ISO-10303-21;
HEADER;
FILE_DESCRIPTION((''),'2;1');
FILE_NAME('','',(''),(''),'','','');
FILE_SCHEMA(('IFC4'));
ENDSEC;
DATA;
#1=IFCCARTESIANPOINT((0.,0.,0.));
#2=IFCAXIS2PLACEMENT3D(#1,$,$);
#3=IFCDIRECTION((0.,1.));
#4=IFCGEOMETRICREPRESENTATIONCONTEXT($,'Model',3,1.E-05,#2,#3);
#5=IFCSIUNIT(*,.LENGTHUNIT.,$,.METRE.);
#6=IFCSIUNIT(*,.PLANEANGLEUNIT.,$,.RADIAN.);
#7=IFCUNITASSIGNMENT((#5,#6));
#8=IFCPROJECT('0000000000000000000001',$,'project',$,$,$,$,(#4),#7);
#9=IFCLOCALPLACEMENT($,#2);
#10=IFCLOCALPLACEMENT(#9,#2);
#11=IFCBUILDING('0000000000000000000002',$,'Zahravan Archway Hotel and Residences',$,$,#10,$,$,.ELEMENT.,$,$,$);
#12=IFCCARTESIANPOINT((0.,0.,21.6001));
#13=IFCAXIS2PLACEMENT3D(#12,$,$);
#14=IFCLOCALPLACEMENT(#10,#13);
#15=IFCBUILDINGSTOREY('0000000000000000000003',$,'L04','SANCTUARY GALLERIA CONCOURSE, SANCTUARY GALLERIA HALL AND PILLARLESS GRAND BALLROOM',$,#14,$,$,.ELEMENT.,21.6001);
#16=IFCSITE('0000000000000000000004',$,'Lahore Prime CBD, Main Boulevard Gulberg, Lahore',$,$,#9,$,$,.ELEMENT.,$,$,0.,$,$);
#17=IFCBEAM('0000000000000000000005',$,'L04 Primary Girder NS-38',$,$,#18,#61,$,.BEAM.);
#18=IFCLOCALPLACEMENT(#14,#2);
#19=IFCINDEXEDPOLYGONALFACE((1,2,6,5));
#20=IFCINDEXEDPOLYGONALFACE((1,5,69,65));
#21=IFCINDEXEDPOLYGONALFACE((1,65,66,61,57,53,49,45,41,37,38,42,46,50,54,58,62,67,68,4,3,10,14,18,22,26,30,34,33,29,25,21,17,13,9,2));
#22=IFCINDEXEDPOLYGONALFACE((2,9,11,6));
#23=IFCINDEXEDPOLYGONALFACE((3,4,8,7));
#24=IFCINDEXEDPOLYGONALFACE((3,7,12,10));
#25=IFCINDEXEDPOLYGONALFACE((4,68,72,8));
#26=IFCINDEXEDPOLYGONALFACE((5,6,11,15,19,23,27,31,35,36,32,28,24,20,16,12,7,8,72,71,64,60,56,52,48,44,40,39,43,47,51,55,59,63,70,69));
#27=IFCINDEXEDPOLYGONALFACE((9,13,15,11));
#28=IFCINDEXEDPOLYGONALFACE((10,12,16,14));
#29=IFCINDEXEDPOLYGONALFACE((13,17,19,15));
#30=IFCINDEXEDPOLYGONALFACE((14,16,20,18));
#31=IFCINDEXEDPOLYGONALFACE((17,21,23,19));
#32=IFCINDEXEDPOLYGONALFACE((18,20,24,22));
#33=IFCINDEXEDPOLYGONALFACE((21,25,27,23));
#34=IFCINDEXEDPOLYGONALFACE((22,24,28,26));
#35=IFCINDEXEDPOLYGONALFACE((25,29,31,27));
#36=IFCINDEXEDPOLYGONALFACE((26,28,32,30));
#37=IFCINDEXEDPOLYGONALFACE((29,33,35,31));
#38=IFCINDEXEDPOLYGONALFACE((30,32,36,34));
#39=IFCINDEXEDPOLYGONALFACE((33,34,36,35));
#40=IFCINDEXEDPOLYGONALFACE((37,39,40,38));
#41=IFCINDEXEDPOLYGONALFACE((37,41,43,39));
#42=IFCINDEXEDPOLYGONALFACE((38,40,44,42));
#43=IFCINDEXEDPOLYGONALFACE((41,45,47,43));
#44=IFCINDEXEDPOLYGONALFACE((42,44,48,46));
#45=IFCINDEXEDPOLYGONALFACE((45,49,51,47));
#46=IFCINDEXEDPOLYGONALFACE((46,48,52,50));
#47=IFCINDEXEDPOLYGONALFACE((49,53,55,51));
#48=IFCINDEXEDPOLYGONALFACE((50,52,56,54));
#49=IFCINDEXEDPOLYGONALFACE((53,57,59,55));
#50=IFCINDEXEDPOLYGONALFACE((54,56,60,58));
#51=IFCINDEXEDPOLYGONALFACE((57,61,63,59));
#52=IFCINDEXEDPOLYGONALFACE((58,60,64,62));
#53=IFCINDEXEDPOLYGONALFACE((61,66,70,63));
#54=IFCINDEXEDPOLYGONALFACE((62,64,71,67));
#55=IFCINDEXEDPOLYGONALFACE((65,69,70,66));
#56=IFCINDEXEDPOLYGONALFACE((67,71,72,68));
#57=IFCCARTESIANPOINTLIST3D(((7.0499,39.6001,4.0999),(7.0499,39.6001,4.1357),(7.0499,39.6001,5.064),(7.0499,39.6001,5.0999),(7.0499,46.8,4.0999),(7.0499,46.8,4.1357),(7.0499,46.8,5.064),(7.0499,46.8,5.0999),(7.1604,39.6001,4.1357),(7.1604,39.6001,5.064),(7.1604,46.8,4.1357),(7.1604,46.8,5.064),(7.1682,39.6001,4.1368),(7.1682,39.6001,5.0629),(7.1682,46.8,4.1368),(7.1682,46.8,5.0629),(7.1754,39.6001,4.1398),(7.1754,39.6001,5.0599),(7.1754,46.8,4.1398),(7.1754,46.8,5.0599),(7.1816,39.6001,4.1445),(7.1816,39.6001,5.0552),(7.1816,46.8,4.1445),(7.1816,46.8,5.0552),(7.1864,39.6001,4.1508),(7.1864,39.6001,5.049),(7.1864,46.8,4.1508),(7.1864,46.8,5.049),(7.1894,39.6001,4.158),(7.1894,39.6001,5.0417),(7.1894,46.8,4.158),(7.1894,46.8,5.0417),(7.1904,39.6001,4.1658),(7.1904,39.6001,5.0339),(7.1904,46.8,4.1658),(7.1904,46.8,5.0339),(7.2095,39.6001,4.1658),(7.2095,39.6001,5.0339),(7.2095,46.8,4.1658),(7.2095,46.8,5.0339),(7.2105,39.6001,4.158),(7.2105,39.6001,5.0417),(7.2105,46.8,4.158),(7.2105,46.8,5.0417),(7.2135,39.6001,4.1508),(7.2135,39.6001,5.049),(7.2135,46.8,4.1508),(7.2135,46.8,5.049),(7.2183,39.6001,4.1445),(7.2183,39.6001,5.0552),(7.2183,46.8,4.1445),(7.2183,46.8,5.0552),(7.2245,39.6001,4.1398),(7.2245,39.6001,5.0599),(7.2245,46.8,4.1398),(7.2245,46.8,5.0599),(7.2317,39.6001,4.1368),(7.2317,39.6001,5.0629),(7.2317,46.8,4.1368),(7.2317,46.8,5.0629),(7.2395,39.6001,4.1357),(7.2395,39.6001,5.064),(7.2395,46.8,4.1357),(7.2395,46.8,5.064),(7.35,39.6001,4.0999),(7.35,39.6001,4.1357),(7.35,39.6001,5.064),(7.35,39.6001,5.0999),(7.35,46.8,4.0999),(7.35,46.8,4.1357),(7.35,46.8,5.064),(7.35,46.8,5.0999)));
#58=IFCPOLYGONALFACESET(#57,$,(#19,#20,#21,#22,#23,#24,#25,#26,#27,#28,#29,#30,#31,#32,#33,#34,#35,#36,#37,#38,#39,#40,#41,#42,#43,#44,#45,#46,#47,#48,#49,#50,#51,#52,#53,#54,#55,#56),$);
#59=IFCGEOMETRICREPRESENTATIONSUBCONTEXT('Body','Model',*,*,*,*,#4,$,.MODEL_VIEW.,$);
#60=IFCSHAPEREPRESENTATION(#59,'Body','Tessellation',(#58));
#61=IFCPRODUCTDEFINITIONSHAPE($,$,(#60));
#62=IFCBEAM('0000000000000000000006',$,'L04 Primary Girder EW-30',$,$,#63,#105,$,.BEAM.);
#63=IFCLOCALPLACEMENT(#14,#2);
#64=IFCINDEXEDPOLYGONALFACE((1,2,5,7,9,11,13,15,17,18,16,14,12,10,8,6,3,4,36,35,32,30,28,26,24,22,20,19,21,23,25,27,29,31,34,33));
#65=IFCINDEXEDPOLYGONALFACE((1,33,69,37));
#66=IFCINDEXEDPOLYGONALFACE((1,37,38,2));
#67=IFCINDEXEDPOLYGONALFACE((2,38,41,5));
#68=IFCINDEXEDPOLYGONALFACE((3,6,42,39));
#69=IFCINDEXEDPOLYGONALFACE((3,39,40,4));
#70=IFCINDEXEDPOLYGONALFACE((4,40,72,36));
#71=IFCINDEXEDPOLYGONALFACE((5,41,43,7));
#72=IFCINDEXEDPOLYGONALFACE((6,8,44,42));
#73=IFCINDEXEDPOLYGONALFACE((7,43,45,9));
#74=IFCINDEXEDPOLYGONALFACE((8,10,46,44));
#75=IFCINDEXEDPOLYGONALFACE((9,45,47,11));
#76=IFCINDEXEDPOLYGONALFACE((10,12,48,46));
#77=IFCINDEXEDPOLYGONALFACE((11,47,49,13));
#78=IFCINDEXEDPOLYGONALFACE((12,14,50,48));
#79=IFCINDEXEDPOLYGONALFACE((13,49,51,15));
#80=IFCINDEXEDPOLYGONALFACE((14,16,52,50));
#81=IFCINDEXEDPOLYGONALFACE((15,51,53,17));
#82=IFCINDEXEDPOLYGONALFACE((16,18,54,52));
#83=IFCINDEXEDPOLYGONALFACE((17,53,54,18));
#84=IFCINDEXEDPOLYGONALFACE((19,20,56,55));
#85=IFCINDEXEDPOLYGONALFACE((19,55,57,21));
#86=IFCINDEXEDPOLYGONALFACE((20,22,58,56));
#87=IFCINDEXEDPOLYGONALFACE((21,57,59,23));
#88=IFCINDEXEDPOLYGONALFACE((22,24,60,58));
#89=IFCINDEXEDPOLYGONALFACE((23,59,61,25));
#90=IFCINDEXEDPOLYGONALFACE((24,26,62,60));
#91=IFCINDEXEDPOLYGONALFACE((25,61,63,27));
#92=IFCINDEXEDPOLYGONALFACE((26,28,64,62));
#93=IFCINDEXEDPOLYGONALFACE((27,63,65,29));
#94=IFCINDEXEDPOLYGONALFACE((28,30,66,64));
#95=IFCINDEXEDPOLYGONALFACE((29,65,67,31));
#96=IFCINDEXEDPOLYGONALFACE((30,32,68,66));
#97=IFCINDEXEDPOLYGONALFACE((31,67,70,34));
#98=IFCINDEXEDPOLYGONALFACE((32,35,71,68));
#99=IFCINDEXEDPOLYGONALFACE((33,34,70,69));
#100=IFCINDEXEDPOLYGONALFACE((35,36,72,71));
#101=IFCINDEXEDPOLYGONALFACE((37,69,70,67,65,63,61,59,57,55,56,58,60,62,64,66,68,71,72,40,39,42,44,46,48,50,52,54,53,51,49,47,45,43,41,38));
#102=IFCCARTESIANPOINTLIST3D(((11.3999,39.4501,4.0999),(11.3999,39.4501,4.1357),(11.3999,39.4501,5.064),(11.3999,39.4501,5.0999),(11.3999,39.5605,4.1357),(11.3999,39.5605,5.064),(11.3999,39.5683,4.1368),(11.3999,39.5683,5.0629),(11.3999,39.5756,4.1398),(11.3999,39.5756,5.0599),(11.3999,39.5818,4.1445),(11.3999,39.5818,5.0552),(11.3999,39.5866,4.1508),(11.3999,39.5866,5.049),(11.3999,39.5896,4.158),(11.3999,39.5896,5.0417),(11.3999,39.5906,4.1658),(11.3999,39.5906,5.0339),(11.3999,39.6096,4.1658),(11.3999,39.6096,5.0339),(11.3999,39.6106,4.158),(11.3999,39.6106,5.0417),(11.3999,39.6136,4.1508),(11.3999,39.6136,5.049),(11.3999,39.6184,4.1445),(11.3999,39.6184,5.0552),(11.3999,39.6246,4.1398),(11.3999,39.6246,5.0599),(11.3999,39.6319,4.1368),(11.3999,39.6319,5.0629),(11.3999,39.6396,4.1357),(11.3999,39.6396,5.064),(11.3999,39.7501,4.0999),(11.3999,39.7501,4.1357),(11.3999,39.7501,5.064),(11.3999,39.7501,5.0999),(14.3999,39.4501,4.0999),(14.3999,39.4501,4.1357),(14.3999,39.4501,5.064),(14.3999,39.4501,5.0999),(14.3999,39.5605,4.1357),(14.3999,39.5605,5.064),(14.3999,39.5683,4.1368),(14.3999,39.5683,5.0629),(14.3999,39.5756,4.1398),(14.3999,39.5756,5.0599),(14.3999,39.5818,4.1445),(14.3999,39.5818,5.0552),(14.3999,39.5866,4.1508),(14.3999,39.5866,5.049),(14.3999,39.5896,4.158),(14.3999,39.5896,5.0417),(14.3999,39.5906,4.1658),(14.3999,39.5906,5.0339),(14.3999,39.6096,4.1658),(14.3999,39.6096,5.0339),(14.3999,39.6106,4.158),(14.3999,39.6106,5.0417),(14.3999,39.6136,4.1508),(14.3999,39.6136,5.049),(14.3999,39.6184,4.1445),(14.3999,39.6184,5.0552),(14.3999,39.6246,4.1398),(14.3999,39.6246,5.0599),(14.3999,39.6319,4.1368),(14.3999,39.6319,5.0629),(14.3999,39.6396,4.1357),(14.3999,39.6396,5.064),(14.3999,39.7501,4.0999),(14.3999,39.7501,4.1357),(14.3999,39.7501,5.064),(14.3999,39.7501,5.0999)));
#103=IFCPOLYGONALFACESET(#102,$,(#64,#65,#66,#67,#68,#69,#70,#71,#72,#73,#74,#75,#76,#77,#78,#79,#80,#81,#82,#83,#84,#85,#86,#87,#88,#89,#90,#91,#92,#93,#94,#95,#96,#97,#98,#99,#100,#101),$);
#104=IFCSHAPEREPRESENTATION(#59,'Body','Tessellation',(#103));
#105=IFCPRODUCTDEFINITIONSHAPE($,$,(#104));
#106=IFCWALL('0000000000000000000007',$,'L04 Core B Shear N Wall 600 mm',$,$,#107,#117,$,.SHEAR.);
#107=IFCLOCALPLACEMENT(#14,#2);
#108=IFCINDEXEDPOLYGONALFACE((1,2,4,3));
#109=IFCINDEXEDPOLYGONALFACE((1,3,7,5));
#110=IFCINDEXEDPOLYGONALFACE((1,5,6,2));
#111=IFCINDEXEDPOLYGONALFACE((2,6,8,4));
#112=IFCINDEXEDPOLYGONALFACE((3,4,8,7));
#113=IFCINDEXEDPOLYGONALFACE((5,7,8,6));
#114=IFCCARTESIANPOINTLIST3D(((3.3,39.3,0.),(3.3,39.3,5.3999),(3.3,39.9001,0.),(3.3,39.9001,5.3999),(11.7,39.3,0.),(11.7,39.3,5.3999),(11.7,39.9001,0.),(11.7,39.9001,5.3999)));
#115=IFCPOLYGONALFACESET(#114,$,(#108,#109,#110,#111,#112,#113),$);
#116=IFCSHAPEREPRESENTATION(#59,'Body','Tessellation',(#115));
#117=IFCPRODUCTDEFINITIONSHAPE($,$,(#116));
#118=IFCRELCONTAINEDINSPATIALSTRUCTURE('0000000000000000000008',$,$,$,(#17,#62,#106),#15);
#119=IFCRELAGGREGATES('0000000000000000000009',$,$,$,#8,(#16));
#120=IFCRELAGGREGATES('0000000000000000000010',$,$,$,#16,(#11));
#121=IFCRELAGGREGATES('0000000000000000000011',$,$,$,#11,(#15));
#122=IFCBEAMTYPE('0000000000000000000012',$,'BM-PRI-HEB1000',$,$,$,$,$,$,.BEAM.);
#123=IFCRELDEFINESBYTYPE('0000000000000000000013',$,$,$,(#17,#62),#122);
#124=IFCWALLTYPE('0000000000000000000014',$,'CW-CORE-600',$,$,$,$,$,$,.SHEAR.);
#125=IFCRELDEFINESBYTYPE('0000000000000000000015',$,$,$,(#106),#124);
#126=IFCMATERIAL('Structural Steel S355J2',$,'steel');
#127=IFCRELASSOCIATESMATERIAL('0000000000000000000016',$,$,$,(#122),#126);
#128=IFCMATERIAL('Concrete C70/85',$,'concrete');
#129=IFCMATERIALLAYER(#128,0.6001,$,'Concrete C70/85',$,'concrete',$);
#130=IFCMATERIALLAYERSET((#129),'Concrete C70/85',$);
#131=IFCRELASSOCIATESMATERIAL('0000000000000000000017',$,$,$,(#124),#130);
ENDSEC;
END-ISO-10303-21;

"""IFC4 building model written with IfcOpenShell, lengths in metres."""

from ifc_helpers import new_model, si_unit, direction, frame, frame_2d, origin, origin_2d, place, context, subcontext, project, spatial, rectangle, i_section, extrude, source, transform, mapped, material, layer, layer_set, material_profile, profile_set, type_object, element, save


model = new_model("IFC4")

# Units and contexts
model_context = context("Model", 3, precision=1e-05, world=origin(), true_north=direction((0.0, 1.0)))
body_context = subcontext(model_context, "Body", "Model", "MODEL_VIEW")
ifc_project = project(units=[si_unit("LENGTHUNIT", "METRE"), si_unit("PLANEANGLEUNIT", "RADIAN")], contexts=[model_context])

# Site, building, storey
site_placement = place(None, origin())
site = spatial("IfcSite", under=ifc_project, at=site_placement, Name="Lahore Prime CBD, Main Boulevard Gulberg, Lahore", CompositionType="ELEMENT", RefElevation=0.0)
building_placement = place(site_placement, origin())
building = spatial("IfcBuilding", under=site, at=building_placement, Name="Zahravan Archway Hotel and Residences", CompositionType="ELEMENT")
storey_placement = place(building_placement, frame((0.0, 0.0, 21.6001)))
storey = spatial("IfcBuildingStorey", under=building, at=storey_placement, Name="L04", Description="SANCTUARY GALLERIA CONCOURSE, SANCTUARY GALLERIA HALL AND PILLARLESS GRAND BALLROOM", CompositionType="ELEMENT", Elevation=21.6001)

# Shared definitions
ifc_material_1 = material(Name="Concrete C70/85", Category="concrete")

# Beams
ifc_material_2 = material(Name="Structural Steel S355J2", Category="steel")
ifc_material_profile_1 = material_profile(ifc_material_2, i_section(OverallWidth=0.3, OverallDepth=1.0, WebThickness=0.019, FlangeThickness=0.0359, FilletRadius=0.03, at=origin_2d()), Name="HEB 1000", Category="steel")
ifc_profile_set_1 = profile_set([ifc_material_profile_1], Name="Structural Steel S355J2")
beam_type = type_object("IfcBeamType", Name="BM-PRI-HEB1000", PredefinedType="BEAM", material=ifc_profile_set_1)
shared_shape_1 = source(origin(), body_context, "Body", "SweptSolid", [
    extrude(i_section(OverallWidth=0.3, OverallDepth=1.0, WebThickness=0.019, FlangeThickness=0.0359, FilletRadius=0.03, at=origin_2d()), origin(), (0.0, 0.0, 1.0), 7.2),
])
for number, where, z_axis, x_axis, name in (
    (1, (7.2, 39.6001, 4.5999), (0.0, 1.0, 0.0), (-1.0, 0.0, 0.0), "L04 Primary Girder NS-38"),
):
    element("IfcBeam", number, at=place(storey_placement, frame(where, z_axis=z_axis, x_axis=x_axis)), inside=storey, type_object=beam_type, Name=name, PredefinedType="BEAM", context=body_context, shape_type="MappedRepresentation", body=[
        mapped(shared_shape_1, transform((0.0, 0.0, 0.0), scale=1.0)),
    ])
shared_shape_2 = source(origin(), body_context, "Body", "SweptSolid", [
    extrude(i_section(OverallWidth=0.3, OverallDepth=1.0, WebThickness=0.019, FlangeThickness=0.0359, FilletRadius=0.03, at=origin_2d()), origin(), (0.0, 0.0, 1.0), 3.0),
])
beam_placement = place(storey_placement, frame((11.3999, 39.6001, 4.5999), z_axis=(1.0, 0.0, 0.0), x_axis=(0.0, 1.0, 0.0)))
element("IfcBeam", 2, at=beam_placement, inside=storey, type_object=beam_type, Name="L04 Primary Girder EW-30", PredefinedType="BEAM", context=body_context, shape_type="MappedRepresentation", body=[
    mapped(shared_shape_2, transform((0.0, 0.0, 0.0), scale=1.0)),
])

# Wall
ifc_layer_1 = layer(ifc_material_1, 0.6001, Name="Concrete C70/85", Category="concrete")
ifc_layer_set_1 = layer_set([ifc_layer_1], Name="Concrete C70/85")
wall_type_1 = type_object("IfcWallType", Name="CW-CORE-600", PredefinedType="SHEAR", material=ifc_layer_set_1)
wall_1_placement = place(storey_placement, frame((3.3, 39.6001, 0.0), z_axis=(0.0, 0.0, 1.0), x_axis=(1.0, 0.0, 0.0)))
element("IfcWall", 3, at=wall_1_placement, inside=storey, type_object=wall_type_1, Name="L04 Core B Shear N Wall 600 mm", PredefinedType="SHEAR", context=body_context, shape_type="SweptSolid", body=[
    extrude(rectangle(XDim=8.3999, YDim=0.6001, at=frame_2d((4.2, 0.0))), origin(), (0.0, 0.0, 1.0), 5.3999),
])

save(model, "model.ifc")
